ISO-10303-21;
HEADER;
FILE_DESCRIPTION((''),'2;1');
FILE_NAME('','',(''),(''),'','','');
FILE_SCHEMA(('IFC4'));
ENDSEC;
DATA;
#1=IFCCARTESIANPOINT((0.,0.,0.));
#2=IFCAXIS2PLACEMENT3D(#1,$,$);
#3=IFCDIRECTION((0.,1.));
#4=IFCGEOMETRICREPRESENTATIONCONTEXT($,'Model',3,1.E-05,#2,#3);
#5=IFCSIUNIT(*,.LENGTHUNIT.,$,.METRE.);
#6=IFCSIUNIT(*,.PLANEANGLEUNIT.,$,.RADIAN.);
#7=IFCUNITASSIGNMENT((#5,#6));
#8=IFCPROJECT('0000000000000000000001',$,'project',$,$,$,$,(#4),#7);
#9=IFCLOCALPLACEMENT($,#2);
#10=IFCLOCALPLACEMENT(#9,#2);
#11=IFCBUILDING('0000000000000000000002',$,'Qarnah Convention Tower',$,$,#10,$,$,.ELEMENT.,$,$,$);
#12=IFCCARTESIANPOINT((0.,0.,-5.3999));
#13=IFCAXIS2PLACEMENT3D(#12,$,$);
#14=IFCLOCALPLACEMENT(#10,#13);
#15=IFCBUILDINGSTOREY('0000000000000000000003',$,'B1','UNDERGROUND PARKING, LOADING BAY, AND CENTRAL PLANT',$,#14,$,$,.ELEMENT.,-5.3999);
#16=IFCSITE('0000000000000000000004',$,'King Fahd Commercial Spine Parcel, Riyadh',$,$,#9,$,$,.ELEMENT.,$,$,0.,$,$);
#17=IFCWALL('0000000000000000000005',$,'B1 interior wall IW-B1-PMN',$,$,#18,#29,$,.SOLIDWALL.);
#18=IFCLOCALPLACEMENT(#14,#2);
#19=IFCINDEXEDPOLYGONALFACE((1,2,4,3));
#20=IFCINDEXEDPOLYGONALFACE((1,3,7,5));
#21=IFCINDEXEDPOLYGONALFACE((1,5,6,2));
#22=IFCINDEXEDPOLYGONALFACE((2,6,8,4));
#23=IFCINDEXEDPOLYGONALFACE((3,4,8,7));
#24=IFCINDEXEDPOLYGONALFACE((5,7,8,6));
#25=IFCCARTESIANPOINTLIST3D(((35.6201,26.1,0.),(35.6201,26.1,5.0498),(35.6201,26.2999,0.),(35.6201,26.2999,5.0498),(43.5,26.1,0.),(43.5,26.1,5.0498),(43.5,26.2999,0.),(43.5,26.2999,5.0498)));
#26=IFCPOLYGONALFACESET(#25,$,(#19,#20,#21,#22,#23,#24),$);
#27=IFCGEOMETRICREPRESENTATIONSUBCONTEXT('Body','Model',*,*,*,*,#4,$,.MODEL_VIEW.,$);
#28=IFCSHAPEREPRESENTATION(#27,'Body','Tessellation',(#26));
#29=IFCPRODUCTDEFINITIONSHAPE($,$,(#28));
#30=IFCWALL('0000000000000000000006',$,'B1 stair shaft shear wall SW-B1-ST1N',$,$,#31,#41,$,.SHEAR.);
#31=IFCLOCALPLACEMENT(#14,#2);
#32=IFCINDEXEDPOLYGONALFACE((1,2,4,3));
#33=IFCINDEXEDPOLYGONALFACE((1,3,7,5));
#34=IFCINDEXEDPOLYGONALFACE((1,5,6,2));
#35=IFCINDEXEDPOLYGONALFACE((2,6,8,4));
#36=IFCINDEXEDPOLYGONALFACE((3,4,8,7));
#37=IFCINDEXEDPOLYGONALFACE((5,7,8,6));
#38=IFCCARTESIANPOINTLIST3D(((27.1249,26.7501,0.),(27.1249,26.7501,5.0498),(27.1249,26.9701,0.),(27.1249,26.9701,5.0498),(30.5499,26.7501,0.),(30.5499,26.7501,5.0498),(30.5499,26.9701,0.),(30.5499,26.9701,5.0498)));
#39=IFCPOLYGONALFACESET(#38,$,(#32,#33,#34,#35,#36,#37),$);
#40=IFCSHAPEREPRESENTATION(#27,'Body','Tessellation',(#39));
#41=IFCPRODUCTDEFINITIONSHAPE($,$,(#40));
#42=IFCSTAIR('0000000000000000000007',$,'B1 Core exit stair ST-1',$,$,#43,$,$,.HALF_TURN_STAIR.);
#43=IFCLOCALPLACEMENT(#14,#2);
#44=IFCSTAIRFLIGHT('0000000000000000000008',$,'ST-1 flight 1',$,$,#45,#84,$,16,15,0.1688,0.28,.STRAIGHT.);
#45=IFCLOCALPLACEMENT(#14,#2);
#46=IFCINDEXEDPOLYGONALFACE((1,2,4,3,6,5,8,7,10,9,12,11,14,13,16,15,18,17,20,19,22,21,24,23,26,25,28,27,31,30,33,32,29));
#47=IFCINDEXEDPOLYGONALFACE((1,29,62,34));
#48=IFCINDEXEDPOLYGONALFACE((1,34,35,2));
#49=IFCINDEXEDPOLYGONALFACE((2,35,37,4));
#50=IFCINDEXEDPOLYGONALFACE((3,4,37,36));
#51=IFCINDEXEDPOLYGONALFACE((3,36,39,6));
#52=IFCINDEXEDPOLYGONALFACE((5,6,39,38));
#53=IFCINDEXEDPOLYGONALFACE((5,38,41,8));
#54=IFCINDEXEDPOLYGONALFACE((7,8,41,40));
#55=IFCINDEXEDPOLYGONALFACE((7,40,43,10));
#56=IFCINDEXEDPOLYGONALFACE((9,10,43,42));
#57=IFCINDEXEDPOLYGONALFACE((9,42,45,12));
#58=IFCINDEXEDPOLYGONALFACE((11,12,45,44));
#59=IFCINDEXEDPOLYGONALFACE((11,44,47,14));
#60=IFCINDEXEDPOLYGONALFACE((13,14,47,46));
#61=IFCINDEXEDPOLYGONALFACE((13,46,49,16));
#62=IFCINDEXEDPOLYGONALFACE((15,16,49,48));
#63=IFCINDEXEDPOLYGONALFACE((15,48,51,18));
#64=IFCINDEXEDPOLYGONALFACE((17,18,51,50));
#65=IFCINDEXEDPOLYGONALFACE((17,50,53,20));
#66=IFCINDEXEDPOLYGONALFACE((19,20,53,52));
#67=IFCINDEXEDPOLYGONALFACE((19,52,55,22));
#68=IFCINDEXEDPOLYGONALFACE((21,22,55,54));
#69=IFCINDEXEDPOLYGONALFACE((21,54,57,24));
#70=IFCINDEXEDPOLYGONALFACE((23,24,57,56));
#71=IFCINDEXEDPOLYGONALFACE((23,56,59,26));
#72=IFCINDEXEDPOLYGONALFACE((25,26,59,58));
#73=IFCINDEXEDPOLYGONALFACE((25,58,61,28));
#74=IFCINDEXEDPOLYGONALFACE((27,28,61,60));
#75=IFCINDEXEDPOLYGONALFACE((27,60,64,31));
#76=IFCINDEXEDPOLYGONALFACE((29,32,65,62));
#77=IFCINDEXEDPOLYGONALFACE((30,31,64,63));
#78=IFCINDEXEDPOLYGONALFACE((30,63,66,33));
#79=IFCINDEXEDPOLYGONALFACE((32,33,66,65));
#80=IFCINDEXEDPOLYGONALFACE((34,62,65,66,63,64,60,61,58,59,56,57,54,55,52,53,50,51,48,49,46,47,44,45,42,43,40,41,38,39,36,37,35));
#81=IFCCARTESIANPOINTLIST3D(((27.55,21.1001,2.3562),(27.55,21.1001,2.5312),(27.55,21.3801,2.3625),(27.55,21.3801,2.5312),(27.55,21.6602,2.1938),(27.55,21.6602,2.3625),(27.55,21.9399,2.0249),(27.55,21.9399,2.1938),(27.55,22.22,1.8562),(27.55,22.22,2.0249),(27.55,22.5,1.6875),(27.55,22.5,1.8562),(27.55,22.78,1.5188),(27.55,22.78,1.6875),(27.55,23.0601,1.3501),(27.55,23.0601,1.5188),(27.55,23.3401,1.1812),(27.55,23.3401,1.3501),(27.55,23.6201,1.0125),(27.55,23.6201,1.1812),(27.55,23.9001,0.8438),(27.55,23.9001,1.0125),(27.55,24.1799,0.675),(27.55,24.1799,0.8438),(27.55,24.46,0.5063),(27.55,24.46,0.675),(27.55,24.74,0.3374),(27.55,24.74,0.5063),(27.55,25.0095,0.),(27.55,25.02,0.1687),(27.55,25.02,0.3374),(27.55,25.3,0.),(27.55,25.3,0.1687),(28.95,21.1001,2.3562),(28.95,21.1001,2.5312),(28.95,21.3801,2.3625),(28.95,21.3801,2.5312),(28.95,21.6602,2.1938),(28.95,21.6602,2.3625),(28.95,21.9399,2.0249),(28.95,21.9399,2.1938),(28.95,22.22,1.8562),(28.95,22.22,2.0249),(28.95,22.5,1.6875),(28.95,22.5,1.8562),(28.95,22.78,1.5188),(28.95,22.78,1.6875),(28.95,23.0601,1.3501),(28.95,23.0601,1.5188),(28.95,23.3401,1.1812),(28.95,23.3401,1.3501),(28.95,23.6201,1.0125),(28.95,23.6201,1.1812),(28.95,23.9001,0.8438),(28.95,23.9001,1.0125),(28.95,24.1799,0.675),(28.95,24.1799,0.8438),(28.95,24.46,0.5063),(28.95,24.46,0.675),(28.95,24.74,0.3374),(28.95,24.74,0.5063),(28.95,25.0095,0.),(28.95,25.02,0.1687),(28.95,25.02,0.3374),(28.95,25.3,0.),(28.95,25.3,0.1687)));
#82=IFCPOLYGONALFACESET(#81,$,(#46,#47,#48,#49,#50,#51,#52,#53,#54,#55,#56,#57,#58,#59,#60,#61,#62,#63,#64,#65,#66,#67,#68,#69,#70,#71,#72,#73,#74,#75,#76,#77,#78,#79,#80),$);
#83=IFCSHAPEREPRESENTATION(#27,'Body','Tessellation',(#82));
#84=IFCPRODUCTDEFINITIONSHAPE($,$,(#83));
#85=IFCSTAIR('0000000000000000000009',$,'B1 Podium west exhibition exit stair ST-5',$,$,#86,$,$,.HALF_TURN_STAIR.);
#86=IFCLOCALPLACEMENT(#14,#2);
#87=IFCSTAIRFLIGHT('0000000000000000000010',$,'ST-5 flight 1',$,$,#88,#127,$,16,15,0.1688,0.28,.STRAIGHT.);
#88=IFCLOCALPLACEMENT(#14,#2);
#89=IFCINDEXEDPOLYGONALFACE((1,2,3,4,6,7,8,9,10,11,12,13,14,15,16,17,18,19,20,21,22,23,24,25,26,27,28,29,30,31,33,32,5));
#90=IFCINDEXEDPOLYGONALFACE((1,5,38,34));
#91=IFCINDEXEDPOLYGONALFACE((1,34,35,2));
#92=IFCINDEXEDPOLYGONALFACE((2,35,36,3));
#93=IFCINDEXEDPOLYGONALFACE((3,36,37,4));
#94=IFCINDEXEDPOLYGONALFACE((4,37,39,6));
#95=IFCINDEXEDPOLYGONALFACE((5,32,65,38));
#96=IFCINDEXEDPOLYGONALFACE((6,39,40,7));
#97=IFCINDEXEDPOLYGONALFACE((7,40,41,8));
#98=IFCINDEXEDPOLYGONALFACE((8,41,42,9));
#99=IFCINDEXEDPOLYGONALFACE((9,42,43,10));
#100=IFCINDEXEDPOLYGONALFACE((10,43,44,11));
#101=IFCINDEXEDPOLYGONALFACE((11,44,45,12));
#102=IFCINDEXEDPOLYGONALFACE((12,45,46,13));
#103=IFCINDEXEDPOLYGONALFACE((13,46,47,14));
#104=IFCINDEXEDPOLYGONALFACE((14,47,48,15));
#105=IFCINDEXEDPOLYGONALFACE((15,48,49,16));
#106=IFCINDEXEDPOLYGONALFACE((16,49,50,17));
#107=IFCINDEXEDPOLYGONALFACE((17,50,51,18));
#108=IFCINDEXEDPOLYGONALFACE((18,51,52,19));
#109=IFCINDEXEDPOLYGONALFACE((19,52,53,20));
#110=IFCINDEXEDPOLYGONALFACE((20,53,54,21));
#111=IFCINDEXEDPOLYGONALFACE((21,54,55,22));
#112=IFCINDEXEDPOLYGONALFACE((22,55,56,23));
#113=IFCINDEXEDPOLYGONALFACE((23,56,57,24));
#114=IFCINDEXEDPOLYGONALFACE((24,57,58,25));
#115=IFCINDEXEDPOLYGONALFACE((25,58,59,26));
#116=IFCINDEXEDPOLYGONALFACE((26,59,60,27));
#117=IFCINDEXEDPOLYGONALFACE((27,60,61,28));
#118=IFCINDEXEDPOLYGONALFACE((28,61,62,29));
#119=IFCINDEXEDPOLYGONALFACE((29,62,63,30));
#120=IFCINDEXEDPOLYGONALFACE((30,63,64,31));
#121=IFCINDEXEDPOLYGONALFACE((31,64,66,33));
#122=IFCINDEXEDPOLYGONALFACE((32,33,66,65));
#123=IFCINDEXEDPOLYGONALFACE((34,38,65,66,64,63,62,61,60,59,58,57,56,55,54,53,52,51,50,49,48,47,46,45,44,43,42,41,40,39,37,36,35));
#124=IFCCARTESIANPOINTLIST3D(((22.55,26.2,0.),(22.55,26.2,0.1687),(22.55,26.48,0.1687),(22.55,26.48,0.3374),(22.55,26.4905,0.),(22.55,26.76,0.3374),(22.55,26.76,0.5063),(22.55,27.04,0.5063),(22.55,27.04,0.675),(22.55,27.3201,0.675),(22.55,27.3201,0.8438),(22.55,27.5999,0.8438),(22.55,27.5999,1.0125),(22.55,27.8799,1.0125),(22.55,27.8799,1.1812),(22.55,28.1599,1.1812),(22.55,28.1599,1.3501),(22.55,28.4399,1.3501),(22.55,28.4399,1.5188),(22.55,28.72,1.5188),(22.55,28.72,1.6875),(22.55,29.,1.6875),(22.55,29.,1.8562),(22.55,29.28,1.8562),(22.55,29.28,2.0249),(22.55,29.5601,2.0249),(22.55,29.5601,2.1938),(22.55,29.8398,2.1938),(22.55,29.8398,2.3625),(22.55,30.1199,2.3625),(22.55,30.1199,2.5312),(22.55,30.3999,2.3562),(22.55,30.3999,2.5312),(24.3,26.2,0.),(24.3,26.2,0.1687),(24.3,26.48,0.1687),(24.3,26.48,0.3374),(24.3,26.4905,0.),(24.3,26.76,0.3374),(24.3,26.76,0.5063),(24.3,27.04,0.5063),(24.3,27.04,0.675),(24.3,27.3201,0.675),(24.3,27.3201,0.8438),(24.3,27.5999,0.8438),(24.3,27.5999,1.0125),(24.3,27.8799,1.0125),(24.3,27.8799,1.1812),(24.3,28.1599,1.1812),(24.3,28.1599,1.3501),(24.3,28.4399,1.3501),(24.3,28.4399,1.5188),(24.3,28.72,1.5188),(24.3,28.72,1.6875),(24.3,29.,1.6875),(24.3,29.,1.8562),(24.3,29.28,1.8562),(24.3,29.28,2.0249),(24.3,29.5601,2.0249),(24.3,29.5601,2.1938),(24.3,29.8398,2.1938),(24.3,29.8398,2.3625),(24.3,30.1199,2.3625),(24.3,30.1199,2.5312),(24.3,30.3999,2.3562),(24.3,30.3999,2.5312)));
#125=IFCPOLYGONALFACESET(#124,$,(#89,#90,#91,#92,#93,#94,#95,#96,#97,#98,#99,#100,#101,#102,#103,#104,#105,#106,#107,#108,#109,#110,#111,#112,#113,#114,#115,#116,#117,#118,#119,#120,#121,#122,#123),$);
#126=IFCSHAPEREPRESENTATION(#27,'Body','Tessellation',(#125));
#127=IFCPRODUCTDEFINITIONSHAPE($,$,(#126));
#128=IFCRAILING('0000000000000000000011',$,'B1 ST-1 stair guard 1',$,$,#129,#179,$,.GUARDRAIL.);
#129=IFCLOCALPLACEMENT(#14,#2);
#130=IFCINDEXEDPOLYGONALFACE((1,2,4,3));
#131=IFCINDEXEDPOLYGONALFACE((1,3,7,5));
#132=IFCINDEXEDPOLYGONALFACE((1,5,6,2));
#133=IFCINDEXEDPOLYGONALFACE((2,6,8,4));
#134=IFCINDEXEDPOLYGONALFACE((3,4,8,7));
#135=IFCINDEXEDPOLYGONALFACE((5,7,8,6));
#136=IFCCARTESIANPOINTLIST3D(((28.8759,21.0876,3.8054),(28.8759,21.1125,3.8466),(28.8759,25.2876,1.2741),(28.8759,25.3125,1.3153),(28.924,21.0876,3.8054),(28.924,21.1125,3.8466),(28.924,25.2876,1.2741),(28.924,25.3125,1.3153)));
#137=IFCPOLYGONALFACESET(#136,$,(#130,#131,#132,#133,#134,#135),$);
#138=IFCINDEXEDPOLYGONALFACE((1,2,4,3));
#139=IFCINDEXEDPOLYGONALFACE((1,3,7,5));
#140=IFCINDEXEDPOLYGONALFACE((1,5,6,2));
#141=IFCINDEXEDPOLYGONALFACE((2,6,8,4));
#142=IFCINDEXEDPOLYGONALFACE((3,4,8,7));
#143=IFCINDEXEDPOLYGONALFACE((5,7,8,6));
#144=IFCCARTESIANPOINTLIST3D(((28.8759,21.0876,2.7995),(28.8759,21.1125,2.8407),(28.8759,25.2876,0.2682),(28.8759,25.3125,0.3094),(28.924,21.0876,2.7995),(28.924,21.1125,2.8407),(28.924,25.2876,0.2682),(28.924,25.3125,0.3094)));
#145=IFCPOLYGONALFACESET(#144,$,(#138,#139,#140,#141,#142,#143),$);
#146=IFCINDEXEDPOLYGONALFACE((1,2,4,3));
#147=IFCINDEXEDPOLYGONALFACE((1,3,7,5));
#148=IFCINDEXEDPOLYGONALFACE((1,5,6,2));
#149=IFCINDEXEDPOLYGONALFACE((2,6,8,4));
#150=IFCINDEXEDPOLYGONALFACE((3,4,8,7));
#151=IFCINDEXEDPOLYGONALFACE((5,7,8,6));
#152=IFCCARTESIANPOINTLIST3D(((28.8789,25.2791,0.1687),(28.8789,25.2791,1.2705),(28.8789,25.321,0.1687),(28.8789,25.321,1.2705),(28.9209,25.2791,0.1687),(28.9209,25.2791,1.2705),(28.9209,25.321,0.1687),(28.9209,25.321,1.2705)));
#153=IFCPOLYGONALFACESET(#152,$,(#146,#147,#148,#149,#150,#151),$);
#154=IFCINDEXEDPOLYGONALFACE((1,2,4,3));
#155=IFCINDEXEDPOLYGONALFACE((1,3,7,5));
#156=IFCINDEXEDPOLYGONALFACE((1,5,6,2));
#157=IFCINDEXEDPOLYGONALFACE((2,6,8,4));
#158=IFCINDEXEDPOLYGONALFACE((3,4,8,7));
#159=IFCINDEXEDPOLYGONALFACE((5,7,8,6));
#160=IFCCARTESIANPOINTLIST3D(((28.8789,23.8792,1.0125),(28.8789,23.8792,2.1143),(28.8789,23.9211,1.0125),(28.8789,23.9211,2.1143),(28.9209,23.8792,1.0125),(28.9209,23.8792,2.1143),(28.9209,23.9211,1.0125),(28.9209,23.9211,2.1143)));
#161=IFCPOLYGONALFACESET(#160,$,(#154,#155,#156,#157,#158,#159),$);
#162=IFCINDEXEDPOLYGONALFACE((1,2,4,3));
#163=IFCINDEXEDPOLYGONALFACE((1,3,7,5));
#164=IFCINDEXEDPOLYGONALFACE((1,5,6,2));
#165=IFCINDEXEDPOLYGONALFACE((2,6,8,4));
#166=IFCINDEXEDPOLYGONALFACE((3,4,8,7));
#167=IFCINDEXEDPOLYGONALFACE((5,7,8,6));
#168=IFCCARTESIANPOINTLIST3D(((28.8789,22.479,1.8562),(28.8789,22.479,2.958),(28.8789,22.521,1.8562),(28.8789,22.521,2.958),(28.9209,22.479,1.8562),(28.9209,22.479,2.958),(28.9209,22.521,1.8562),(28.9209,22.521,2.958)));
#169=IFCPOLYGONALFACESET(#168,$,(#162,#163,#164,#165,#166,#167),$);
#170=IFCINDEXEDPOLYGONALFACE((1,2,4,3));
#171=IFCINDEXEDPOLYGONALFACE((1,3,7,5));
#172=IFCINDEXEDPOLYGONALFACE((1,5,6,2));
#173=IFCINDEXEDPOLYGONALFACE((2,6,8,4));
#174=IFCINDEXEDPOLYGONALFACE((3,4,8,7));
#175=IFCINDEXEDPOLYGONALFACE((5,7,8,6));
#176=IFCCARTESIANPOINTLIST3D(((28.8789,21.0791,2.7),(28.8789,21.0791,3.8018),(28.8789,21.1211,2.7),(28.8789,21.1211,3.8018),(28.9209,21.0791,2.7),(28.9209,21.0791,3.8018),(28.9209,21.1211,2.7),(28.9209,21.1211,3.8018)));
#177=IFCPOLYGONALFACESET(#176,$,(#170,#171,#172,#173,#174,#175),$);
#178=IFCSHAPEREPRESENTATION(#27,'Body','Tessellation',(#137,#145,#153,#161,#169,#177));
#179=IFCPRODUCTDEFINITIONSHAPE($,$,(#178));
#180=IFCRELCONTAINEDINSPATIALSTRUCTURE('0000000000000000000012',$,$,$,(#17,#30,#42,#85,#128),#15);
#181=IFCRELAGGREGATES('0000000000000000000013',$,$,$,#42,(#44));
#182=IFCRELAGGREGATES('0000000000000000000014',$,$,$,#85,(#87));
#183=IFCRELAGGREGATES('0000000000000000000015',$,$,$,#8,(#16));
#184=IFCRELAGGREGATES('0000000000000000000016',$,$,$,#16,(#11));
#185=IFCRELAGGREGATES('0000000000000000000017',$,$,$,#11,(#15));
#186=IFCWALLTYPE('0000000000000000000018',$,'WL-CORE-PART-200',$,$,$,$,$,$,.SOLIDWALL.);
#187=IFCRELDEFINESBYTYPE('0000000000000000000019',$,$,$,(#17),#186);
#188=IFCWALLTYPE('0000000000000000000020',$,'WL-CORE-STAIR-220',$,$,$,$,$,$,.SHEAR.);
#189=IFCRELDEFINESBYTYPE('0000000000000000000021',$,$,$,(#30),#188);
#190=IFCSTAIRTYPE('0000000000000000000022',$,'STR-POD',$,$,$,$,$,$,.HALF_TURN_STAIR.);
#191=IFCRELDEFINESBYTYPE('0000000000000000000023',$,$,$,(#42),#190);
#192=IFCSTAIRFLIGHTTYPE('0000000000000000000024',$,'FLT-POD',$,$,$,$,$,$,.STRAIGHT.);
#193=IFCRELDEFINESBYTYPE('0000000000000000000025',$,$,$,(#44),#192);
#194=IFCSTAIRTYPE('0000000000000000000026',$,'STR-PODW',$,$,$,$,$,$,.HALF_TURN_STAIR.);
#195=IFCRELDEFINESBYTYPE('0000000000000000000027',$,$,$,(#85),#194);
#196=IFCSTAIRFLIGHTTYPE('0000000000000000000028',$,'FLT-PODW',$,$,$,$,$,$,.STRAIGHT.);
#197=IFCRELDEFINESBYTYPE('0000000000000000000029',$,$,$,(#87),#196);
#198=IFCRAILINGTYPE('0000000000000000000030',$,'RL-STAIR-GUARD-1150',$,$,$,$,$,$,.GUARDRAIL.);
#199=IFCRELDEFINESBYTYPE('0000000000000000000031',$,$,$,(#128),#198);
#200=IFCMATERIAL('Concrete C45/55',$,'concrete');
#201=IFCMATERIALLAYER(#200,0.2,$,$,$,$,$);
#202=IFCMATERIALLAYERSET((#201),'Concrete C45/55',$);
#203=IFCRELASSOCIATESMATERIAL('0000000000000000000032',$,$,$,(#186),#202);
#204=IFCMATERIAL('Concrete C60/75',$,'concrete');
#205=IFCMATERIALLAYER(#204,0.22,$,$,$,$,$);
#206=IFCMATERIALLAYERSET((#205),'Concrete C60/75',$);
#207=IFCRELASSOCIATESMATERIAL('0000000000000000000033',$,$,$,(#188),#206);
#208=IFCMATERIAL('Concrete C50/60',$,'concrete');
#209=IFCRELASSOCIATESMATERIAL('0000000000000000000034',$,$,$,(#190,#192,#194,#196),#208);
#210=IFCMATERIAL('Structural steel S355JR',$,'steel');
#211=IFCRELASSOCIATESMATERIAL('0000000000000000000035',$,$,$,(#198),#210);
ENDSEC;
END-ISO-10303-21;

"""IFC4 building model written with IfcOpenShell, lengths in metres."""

from ifc_helpers import new_model, si_unit, direction, frame, frame_2d, origin, origin_2d, place, context, subcontext, project, spatial, polyline, rectangle, outline, extrude, material, layer, layer_set, type_object, element, aggregate, save


model = new_model("IFC4")

# Units and contexts
model_context = context("Model", 3, precision=1e-05, world=origin(), true_north=direction((0.0, 1.0)))
body_context = subcontext(model_context, "Body", "Model", "MODEL_VIEW")
ifc_project = project(units=[si_unit("LENGTHUNIT", "METRE"), si_unit("PLANEANGLEUNIT", "RADIAN")], contexts=[model_context])

# Site, building, storey
site_placement = place(None, origin())
site = spatial("IfcSite", under=ifc_project, at=site_placement, Name="King Fahd Commercial Spine Parcel, Riyadh", CompositionType="ELEMENT", RefElevation=0.0)
building_placement = place(site_placement, origin())
building = spatial("IfcBuilding", under=site, at=building_placement, Name="Qarnah Convention Tower", CompositionType="ELEMENT")
storey_placement = place(building_placement, frame((0.0, 0.0, -5.3999)))
storey = spatial("IfcBuildingStorey", under=building, at=storey_placement, Name="B1", Description="UNDERGROUND PARKING, LOADING BAY, AND CENTRAL PLANT", CompositionType="ELEMENT", Elevation=-5.3999)

# Shared definitions
ifc_material_1 = material(Name="Concrete C50/60", Category="concrete")

# Shared definitions
ifc_material_2 = material(Name="Concrete C60/75", Category="concrete")
ifc_material_3 = material(Name="Structural steel S355JR", Category="steel")

# Shared definitions
ifc_material_4 = material(Name="Concrete C45/55", Category="concrete")
ifc_layer_1 = layer(ifc_material_4, 0.2)
ifc_layer_set_1 = layer_set([ifc_layer_1], Name="Concrete C45/55")
wall_type_1 = type_object("IfcWallType", Name="WL-CORE-PART-200", PredefinedType="SOLIDWALL", material=ifc_layer_set_1)

# Walls
for number, where, z_axis, x_axis, name in (
    (1, (35.6201, 26.2, 0.0), (0.0, 0.0, 1.0), (1.0, 0.0, 0.0), "B1 interior wall IW-B1-PMN"),
):
    element("IfcWall", number, at=place(storey_placement, frame(where, z_axis=z_axis, x_axis=x_axis)), inside=storey, type_object=wall_type_1, Name=name, PredefinedType="SOLIDWALL", context=body_context, shape_type="SweptSolid", body=[
        extrude(rectangle(XDim=7.8799, YDim=0.2, at=frame_2d((3.9399, 0.0))), origin(), (0.0, 0.0, 1.0), 5.0498),
    ])
ifc_layer_2 = layer(ifc_material_2, 0.22)
ifc_layer_set_2 = layer_set([ifc_layer_2], Name="Concrete C60/75")
wall_type_2 = type_object("IfcWallType", Name="WL-CORE-STAIR-220", PredefinedType="SHEAR", material=ifc_layer_set_2)
wall_1_placement = place(storey_placement, frame((27.125, 26.8601, 0.0), z_axis=(0.0, 0.0, 1.0), x_axis=(1.0, 0.0, 0.0)))
element("IfcWall", 2, at=wall_1_placement, inside=storey, type_object=wall_type_2, Name="B1 stair shaft shear wall SW-B1-ST1N", PredefinedType="SHEAR", context=body_context, shape_type="SweptSolid", body=[
    extrude(rectangle(XDim=3.425, YDim=0.22, at=frame_2d((1.7124, 0.0))), origin(), (0.0, 0.0, 1.0), 5.0498),
])

# Stairs, stair flights
stair_type_1 = type_object("IfcStairType", Name="STR-POD", PredefinedType="HALF_TURN_STAIR", material=ifc_material_1)
stair_1_placement = place(storey_placement, origin())
stair_1 = element("IfcStair", 3, at=stair_1_placement, inside=storey, type_object=stair_type_1, Name="B1 Core exit stair ST-1", PredefinedType="HALF_TURN_STAIR")
stair_flight_type_1 = type_object("IfcStairFlightType", Name="FLT-POD", PredefinedType="STRAIGHT", material=ifc_material_1)
stair_flight_1_placement = place(storey_placement, frame((28.25, 25.3, 0.0), z_axis=(0.0, 0.0, 1.0), x_axis=(0.0, -1.0, 0.0)))
stair_flight_1 = element("IfcStairFlight", 4, at=stair_flight_1_placement, type_object=stair_flight_type_1, Name="ST-1 flight 1", NumberOfRisers=16, NumberOfTreads=15, PredefinedType="STRAIGHT", RiserHeight=0.1688, TreadLength=0.28, context=body_context, shape_type="SweptSolid", body=[
    extrude(outline(polyline([(0.0, 0.0), (0.0, 0.1687), (0.28, 0.1687), (0.28, 0.3374), (0.5601, 0.3374), (0.5601, 0.5063), (0.8401, 0.5063), (0.8401, 0.675), (1.1201, 0.675), (1.1201, 0.8438), (1.3999, 0.8438), (1.3999, 1.0125), (1.6799, 1.0125), (1.6799, 1.1812), (1.96, 1.1812), (1.96, 1.3501), (2.24, 1.3501), (2.24, 1.5188), (2.52, 1.5188), (2.52, 1.6875), (2.8, 1.6875), (2.8, 1.8562), (3.0801, 1.8562), (3.0801, 2.0249), (3.3601, 2.0249), (3.3601, 2.1938), (3.6399, 2.1938), (3.6399, 2.3625), (3.9199, 2.3625), (3.9199, 2.5312), (4.2, 2.5312), (4.2, 2.7), (4.2, 2.3562), (0.2905, 0.0), (0.0, 0.0)])), frame((0.0, 0.7, 0.0), z_axis=(0.0, -1.0, 0.0), x_axis=(1.0, 0.0, 0.0)), (0.0, 0.0, 1.0), 1.3999),
])
aggregate(stair_1, [stair_flight_1])
stair_type_2 = type_object("IfcStairType", Name="STR-PODW", PredefinedType="HALF_TURN_STAIR", material=ifc_material_1)
stair_2_placement = place(storey_placement, origin())
stair_2 = element("IfcStair", 5, at=stair_2_placement, inside=storey, type_object=stair_type_2, Name="B1 Podium west exhibition exit stair ST-5", PredefinedType="HALF_TURN_STAIR")
stair_flight_type_2 = type_object("IfcStairFlightType", Name="FLT-PODW", PredefinedType="STRAIGHT", material=ifc_material_1)
stair_flight_2_placement = place(storey_placement, frame((23.425, 26.2, 0.0), z_axis=(0.0, 0.0, 1.0), x_axis=(0.0, 1.0, 0.0)))
stair_flight_2 = element("IfcStairFlight", 6, at=stair_flight_2_placement, type_object=stair_flight_type_2, Name="ST-5 flight 1", NumberOfRisers=16, NumberOfTreads=15, PredefinedType="STRAIGHT", RiserHeight=0.1688, TreadLength=0.28, context=body_context, shape_type="SweptSolid", body=[
    extrude(outline(polyline([(0.0, 0.0), (0.0, 0.1687), (0.28, 0.1687), (0.28, 0.3374), (0.5601, 0.3374), (0.5601, 0.5063), (0.8401, 0.5063), (0.8401, 0.675), (1.1201, 0.675), (1.1201, 0.8438), (1.3999, 0.8438), (1.3999, 1.0125), (1.6799, 1.0125), (1.6799, 1.1812), (1.96, 1.1812), (1.96, 1.3501), (2.24, 1.3501), (2.24, 1.5188), (2.52, 1.5188), (2.52, 1.6875), (2.8, 1.6875), (2.8, 1.8562), (3.0801, 1.8562), (3.0801, 2.0249), (3.3601, 2.0249), (3.3601, 2.1938), (3.6399, 2.1938), (3.6399, 2.3625), (3.9199, 2.3625), (3.9199, 2.5312), (4.2, 2.5312), (4.2, 2.7), (4.2, 2.3562), (0.2905, 0.0), (0.0, 0.0)])), frame((0.0, 0.875, 0.0), z_axis=(0.0, -1.0, 0.0), x_axis=(1.0, 0.0, 0.0)), (0.0, 0.0, 1.0), 1.75),
])
aggregate(stair_2, [stair_flight_2])

# Railing
railing_type_1 = type_object("IfcRailingType", Name="RL-STAIR-GUARD-1150", PredefinedType="GUARDRAIL", material=ifc_material_3)
railing_1_placement = place(storey_placement, frame((28.8999, 25.3, 0.1687)))
element("IfcRailing", 7, at=railing_1_placement, inside=storey, type_object=railing_type_1, Name="B1 ST-1 stair guard 1", PredefinedType="GUARDRAIL", context=body_context, shape_type="SweptSolid", body=[
    extrude(rectangle(XDim=0.0481, YDim=0.0481, at=origin_2d()), frame((0.0, 0.0, 1.126), z_axis=(0.0, -0.856476, 0.516186), x_axis=(1.0, 0.0, 0.0)), (0.0, 0.0, 1.0), 4.9038),
    extrude(rectangle(XDim=0.0481, YDim=0.0481, at=origin_2d()), frame((0.0, 0.0, 0.1201), z_axis=(0.0, -0.856476, 0.516186), x_axis=(1.0, 0.0, 0.0)), (0.0, 0.0, 1.0), 4.9038),
    extrude(rectangle(XDim=0.042, YDim=0.042, at=origin_2d()), origin(), (0.0, 0.0, 1.0), 1.1018),
    extrude(rectangle(XDim=0.042, YDim=0.042, at=origin_2d()), frame((0.0, -1.3999, 0.8438)), (0.0, 0.0, 1.0), 1.1018),
    extrude(rectangle(XDim=0.042, YDim=0.042, at=origin_2d()), frame((0.0, -2.8, 1.6875)), (0.0, 0.0, 1.0), 1.1018),
    extrude(rectangle(XDim=0.042, YDim=0.042, at=origin_2d()), frame((0.0, -4.2, 2.5312)), (0.0, 0.0, 1.0), 1.1018),
])

save(model, "model.ifc")
